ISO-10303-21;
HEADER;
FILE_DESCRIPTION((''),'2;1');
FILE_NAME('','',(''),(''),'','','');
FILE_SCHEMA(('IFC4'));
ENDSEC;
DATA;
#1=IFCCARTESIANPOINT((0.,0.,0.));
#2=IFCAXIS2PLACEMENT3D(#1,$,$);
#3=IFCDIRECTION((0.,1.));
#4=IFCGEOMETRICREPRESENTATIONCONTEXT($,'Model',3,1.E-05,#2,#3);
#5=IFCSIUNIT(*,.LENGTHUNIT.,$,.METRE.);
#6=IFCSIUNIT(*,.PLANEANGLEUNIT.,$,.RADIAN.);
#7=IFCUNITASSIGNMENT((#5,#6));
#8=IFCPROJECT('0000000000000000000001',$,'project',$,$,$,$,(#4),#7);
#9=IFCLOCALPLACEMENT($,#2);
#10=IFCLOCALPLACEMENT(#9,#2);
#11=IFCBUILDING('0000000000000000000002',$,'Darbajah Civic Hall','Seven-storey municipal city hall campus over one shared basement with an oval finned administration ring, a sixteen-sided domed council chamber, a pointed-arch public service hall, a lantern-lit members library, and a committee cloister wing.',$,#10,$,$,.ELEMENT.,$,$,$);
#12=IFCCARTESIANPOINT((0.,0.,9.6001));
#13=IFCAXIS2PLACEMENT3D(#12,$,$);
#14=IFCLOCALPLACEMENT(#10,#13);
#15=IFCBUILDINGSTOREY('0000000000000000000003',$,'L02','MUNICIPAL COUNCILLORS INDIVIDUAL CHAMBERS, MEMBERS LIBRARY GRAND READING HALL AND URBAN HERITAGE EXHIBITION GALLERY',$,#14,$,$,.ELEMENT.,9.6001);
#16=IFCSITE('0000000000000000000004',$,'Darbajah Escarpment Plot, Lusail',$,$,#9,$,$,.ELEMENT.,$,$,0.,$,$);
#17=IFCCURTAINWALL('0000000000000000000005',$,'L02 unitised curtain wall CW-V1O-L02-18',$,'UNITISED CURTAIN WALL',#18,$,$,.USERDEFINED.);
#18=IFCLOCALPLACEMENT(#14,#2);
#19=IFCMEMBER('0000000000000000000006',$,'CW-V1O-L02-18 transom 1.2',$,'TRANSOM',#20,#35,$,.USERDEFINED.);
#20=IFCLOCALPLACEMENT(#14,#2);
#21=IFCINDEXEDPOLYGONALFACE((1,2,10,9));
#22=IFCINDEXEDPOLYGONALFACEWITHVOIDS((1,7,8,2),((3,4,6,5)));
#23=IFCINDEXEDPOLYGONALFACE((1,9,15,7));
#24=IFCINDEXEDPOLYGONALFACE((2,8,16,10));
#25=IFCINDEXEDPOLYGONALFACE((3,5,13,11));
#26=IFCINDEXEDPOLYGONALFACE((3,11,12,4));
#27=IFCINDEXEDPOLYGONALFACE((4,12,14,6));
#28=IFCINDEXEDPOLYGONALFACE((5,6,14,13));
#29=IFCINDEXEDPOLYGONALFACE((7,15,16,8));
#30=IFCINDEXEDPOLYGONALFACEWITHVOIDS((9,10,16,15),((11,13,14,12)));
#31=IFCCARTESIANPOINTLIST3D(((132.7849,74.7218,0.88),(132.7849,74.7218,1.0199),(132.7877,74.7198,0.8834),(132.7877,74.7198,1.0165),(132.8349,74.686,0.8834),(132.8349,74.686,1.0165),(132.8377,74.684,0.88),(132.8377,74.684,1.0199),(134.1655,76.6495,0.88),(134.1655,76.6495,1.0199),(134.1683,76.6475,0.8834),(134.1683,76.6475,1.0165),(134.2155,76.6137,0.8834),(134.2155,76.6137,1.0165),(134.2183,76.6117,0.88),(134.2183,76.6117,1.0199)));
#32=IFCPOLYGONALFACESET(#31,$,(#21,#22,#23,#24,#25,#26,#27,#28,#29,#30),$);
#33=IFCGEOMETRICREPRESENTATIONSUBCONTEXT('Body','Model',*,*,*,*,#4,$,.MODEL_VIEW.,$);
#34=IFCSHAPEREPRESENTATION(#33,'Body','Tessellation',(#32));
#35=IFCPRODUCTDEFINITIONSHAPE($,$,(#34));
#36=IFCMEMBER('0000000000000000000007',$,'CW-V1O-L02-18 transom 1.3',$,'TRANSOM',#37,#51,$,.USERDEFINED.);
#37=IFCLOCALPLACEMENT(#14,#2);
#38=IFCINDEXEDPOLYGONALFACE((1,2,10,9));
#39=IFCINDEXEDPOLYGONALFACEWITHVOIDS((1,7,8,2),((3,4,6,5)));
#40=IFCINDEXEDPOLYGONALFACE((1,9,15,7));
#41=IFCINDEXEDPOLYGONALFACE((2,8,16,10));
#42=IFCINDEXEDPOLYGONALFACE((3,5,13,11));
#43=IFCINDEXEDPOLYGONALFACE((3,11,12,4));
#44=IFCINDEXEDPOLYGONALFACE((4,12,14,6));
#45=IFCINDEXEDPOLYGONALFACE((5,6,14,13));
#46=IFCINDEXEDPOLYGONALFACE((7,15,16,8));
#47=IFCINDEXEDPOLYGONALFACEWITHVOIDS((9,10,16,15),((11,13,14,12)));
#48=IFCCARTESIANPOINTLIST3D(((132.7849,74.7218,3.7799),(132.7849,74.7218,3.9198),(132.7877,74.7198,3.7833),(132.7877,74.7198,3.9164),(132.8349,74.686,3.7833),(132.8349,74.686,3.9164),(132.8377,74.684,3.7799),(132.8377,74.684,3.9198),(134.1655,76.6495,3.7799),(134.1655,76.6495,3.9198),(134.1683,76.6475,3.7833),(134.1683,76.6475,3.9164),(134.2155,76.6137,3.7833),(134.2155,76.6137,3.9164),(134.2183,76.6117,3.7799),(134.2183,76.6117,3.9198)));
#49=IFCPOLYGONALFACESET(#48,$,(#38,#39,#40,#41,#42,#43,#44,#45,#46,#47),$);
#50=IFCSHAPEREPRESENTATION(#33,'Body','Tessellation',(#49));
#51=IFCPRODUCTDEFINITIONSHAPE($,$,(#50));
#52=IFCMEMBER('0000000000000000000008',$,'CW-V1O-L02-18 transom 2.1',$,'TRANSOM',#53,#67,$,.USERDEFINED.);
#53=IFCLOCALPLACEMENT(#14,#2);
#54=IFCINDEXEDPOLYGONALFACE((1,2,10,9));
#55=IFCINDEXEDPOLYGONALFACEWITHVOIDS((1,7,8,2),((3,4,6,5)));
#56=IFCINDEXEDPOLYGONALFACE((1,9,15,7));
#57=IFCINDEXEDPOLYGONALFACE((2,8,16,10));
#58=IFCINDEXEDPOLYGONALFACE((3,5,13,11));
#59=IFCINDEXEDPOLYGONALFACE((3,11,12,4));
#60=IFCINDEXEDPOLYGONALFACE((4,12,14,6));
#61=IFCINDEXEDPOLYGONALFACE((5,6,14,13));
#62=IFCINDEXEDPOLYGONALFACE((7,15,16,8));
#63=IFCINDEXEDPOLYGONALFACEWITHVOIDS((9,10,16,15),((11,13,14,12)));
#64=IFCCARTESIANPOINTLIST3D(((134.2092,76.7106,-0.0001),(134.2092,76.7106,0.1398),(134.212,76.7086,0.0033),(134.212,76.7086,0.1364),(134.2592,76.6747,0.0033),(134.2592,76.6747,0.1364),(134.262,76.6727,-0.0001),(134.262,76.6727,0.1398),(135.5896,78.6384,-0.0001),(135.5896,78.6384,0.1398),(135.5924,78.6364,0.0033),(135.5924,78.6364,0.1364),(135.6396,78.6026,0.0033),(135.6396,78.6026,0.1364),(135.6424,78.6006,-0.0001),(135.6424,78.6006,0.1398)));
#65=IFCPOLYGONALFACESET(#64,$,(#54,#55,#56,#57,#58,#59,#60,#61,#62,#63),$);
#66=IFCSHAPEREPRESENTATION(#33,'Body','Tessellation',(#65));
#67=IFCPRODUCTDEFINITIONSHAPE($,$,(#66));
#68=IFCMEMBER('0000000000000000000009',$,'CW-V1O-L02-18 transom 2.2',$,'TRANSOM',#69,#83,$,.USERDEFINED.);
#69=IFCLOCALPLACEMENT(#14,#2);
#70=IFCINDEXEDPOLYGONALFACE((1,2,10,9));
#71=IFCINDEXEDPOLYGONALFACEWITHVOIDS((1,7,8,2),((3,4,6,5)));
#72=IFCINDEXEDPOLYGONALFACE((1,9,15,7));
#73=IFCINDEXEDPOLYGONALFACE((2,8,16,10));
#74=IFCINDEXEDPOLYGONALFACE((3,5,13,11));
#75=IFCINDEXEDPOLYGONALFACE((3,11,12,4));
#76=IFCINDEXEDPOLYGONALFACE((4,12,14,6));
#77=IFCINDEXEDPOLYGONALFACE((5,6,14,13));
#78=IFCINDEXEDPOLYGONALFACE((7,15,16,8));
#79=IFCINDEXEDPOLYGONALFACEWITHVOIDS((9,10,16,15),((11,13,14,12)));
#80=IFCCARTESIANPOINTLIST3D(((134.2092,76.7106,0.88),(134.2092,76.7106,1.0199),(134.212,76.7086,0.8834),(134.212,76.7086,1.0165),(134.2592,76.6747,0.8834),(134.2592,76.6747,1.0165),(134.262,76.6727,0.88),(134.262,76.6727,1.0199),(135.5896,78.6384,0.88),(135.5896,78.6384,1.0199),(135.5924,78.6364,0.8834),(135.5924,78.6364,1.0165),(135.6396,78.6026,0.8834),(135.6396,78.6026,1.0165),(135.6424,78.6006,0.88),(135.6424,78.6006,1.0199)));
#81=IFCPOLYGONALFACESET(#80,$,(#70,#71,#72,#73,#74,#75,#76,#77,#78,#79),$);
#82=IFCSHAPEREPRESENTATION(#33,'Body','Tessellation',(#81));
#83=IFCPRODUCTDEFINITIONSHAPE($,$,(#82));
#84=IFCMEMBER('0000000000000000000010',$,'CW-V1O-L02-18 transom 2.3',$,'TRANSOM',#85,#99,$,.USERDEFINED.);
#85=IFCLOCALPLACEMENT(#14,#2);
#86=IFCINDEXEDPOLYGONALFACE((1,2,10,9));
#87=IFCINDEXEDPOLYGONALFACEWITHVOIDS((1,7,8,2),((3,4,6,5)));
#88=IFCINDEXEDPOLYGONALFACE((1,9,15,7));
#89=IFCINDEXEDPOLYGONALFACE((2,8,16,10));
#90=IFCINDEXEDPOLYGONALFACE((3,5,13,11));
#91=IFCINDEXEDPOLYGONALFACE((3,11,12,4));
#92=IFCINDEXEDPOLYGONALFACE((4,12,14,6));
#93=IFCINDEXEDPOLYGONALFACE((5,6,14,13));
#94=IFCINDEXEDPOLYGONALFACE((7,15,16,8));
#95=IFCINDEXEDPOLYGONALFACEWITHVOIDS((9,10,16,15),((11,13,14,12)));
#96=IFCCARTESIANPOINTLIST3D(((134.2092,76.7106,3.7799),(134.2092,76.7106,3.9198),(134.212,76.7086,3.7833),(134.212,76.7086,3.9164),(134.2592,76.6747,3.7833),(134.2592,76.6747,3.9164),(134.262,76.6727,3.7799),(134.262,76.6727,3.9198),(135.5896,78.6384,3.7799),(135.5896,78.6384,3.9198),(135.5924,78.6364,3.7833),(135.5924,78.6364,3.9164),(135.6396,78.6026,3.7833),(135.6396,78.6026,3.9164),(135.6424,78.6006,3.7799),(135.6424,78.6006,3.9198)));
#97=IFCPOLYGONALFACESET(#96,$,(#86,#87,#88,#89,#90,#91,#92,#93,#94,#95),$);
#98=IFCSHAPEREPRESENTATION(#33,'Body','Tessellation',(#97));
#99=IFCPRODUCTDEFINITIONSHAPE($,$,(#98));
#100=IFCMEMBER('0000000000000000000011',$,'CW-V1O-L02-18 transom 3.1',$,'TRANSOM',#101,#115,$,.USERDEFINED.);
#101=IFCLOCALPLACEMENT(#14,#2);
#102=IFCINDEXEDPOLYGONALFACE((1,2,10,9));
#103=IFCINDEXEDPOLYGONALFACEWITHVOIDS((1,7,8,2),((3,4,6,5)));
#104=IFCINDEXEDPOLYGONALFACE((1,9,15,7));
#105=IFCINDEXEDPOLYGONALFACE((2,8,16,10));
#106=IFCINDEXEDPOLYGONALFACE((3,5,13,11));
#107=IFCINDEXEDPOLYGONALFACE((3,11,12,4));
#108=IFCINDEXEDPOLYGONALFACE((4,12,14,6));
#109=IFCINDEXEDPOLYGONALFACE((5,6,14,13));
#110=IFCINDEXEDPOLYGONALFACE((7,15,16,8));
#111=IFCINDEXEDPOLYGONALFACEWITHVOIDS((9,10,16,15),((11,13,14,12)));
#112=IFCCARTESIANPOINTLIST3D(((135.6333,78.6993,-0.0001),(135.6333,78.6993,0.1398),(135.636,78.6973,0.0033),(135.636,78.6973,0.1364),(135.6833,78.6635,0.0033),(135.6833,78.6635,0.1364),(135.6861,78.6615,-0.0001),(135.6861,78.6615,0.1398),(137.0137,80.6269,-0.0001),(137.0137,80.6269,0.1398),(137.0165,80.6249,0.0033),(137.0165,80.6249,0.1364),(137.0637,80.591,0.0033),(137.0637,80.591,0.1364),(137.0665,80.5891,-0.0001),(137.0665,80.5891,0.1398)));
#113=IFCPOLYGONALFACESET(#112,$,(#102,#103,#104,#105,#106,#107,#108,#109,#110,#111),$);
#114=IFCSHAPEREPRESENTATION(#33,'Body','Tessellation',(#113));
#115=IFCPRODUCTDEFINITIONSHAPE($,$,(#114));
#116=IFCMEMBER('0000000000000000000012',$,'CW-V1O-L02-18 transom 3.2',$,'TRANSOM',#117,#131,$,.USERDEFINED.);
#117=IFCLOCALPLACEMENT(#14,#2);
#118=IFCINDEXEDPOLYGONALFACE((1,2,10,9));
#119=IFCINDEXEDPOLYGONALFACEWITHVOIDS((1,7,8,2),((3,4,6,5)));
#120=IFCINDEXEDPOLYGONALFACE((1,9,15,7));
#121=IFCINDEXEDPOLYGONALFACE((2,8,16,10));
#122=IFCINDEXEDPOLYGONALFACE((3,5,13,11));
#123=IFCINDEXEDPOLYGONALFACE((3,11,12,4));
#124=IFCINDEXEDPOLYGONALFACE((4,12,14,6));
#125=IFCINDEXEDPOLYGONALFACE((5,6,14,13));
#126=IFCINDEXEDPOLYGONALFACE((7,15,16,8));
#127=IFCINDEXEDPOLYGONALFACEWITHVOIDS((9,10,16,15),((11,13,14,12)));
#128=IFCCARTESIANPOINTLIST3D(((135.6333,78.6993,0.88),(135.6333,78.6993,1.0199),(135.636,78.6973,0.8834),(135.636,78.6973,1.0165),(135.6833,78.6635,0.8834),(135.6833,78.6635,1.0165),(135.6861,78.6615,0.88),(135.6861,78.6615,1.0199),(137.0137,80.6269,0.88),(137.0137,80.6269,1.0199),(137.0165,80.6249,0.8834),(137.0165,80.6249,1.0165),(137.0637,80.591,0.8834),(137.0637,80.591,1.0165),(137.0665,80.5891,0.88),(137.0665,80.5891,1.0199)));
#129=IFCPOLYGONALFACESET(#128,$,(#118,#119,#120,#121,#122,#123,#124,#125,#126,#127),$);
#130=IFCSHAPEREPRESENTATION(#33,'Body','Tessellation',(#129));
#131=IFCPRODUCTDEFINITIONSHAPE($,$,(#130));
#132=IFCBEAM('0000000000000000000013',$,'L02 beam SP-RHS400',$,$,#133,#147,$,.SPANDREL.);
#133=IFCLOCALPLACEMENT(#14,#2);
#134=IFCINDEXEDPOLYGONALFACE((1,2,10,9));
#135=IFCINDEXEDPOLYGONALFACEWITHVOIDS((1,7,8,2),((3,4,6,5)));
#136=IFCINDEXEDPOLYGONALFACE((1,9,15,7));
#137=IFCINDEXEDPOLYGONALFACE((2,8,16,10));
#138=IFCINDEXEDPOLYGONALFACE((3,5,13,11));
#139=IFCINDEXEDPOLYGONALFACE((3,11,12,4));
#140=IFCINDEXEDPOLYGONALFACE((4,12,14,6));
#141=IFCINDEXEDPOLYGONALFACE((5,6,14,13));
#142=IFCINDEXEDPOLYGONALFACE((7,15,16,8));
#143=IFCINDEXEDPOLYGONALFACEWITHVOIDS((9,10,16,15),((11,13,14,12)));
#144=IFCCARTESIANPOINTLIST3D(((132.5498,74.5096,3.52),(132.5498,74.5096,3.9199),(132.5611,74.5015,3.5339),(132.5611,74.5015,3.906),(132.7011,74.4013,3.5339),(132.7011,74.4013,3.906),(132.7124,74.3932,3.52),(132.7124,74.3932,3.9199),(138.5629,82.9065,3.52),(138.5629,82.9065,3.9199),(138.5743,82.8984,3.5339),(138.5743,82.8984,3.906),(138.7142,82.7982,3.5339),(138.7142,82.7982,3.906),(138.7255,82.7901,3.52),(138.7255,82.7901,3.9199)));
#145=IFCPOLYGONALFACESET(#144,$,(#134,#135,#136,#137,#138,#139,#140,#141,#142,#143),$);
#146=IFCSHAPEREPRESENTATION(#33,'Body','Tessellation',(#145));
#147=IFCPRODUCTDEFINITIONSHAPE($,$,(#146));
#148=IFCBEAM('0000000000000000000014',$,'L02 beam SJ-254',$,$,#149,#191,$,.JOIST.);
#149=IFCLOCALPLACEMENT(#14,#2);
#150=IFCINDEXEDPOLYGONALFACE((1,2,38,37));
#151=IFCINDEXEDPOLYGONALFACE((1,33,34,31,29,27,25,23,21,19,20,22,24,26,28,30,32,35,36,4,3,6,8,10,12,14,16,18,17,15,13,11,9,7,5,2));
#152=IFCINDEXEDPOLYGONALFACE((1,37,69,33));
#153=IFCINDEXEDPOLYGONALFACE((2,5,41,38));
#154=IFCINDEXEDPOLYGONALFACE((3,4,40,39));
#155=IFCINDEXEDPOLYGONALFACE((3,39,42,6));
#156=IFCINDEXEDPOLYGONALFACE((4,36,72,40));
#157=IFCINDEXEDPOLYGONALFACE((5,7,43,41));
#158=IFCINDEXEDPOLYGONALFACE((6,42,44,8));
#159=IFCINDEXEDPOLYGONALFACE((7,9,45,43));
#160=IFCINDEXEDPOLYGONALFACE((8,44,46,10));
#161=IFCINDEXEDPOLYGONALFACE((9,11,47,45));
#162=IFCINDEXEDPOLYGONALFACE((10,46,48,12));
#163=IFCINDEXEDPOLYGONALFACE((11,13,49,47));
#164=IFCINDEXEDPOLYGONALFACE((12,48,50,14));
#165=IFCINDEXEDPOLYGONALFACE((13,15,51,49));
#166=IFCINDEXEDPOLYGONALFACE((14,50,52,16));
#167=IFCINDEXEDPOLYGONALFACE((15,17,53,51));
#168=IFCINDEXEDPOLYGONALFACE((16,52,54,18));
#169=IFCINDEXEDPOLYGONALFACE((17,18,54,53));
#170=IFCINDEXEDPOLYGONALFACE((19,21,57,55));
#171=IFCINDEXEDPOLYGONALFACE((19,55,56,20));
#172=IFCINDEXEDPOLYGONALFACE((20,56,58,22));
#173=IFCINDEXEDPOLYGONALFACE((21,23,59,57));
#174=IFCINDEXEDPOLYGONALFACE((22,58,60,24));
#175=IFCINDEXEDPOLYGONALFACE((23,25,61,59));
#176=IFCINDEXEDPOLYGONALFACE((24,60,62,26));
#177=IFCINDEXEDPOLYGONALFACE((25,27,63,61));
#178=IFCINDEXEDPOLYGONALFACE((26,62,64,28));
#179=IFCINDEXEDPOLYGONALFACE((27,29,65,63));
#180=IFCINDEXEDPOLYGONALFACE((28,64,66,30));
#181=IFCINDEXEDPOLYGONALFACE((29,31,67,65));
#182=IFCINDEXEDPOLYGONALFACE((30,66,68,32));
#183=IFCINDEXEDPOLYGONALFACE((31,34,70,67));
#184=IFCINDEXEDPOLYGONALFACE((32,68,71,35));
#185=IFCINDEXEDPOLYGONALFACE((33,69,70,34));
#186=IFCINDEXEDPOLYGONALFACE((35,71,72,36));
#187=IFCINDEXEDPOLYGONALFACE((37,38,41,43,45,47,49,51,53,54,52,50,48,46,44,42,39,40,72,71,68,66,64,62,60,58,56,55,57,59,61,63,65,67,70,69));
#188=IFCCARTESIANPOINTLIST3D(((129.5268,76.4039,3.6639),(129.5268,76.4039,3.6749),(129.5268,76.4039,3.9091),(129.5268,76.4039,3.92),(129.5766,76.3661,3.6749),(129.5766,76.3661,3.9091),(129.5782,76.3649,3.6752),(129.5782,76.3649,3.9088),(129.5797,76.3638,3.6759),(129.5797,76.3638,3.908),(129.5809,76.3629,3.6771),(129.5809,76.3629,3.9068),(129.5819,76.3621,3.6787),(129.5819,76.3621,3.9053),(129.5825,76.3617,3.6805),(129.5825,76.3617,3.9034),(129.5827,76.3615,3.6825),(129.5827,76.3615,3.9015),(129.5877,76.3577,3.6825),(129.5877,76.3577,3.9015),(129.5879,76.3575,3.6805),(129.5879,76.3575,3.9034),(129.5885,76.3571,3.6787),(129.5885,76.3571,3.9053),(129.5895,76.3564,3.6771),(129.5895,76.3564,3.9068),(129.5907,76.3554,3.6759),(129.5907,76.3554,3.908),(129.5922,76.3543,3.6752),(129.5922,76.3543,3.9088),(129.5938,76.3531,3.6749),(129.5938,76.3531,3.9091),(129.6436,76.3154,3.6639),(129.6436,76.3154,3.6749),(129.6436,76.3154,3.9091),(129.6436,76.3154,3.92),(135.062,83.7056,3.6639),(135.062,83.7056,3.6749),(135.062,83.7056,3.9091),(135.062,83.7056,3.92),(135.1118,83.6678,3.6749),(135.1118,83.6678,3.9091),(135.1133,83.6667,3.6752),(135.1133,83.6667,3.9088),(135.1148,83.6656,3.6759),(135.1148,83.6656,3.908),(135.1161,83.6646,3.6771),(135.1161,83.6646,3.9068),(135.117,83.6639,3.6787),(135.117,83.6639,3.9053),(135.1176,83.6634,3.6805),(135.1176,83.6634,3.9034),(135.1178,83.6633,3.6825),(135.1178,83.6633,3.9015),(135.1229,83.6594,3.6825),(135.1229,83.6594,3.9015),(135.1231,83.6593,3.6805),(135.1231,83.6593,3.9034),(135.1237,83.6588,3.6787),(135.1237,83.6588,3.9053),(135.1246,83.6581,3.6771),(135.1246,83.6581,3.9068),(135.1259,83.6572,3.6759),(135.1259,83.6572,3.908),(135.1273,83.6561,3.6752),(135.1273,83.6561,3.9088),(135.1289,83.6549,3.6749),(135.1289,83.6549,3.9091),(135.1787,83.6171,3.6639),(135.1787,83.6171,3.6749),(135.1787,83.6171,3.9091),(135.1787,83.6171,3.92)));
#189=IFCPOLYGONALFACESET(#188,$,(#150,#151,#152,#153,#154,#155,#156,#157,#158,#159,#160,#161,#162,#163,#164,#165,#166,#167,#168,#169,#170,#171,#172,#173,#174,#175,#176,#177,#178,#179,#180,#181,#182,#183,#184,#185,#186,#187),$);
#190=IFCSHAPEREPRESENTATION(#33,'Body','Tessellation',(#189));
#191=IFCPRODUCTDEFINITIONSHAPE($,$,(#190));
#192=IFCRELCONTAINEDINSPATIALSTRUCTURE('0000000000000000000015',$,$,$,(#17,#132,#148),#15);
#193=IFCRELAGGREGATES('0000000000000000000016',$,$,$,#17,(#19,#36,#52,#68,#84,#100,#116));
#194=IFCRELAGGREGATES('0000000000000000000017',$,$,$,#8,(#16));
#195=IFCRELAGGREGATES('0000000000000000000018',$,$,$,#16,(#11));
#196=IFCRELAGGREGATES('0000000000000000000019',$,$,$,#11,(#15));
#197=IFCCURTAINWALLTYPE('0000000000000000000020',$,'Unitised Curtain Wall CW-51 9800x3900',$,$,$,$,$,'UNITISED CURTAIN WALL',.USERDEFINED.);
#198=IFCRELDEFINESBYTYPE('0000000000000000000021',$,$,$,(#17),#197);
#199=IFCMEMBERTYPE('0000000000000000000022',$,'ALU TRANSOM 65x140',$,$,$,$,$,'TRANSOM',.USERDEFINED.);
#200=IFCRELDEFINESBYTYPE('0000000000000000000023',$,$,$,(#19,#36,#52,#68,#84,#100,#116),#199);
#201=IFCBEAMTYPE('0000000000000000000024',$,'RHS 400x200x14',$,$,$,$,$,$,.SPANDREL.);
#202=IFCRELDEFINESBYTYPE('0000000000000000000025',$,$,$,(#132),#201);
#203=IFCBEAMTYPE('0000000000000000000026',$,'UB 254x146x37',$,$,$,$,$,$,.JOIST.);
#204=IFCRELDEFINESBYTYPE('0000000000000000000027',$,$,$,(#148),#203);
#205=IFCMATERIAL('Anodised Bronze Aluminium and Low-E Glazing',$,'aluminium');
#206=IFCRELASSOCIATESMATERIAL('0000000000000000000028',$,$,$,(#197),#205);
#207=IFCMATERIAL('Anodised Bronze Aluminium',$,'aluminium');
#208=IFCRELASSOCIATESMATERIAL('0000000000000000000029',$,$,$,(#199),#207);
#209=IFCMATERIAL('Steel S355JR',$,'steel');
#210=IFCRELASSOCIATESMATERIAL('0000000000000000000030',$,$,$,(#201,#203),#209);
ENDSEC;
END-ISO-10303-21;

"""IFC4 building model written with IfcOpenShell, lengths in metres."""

from ifc_helpers import new_model, si_unit, direction, frame, origin, origin_2d, place, context, subcontext, project, spatial, hollow_rectangle, i_section, extrude, material, material_profile, profile_set, type_object, element, aggregate, save


model = new_model("IFC4")

# Units and contexts
model_context = context("Model", 3, precision=1e-05, world=origin(), true_north=direction((0.0, 1.0)))
body_context = subcontext(model_context, "Body", "Model", "MODEL_VIEW")
ifc_project = project(units=[si_unit("LENGTHUNIT", "METRE"), si_unit("PLANEANGLEUNIT", "RADIAN")], contexts=[model_context])

# Site, building, storey
site_placement = place(None, origin())
site = spatial("IfcSite", under=ifc_project, at=site_placement, Name="Darbajah Escarpment Plot, Lusail", CompositionType="ELEMENT", RefElevation=0.0)
building_placement = place(site_placement, origin())
building = spatial("IfcBuilding", under=site, at=building_placement, Name="Darbajah Civic Hall", Description="Seven-storey municipal city hall campus over one shared basement with an oval finned administration ring, a sixteen-sided domed council chamber, a pointed-arch public service hall, a lantern-lit members library, and a committee cloister wing.", CompositionType="ELEMENT")
storey_placement = place(building_placement, frame((0.0, 0.0, 9.6001)))
storey = spatial("IfcBuildingStorey", under=building, at=storey_placement, Name="L02", Description="MUNICIPAL COUNCILLORS INDIVIDUAL CHAMBERS, MEMBERS LIBRARY GRAND READING HALL AND URBAN HERITAGE EXHIBITION GALLERY", CompositionType="ELEMENT", Elevation=9.6001)

# Shared definitions
ifc_material_1 = material(Name="Anodised Bronze Aluminium and Low-E Glazing", Category="aluminium")
ifc_material_2 = material(Name="Anodised Bronze Aluminium", Category="aluminium")

# Curtain wall
curtain_wall_type_1 = type_object("IfcCurtainWallType", Name="Unitised Curtain Wall CW-51 9800x3900", ElementType="UNITISED CURTAIN WALL", PredefinedType="USERDEFINED", material=ifc_material_1)
curtain_wall_1_placement = place(storey_placement, origin())
curtain_wall_1 = element("IfcCurtainWall", 1, at=curtain_wall_1_placement, inside=storey, type_object=curtain_wall_type_1, Name="L02 unitised curtain wall CW-V1O-L02-18", ObjectType="UNITISED CURTAIN WALL", PredefinedType="USERDEFINED")

# Members
ifc_material_profile_1 = material_profile(ifc_material_2, hollow_rectangle(XDim=0.0649, YDim=0.1399, WallThickness=0.0034, at=origin_2d()), Name="ALU TRANSOM 65x140")
ifc_profile_set_1 = profile_set([ifc_material_profile_1], Name="Anodised Bronze Aluminium")
member_type_1 = type_object("IfcMemberType", Name="ALU TRANSOM 65x140", ElementType="TRANSOM", PredefinedType="USERDEFINED", material=ifc_profile_set_1)
member_1_placement = place(storey_placement, frame((132.8113, 74.7029, 0.95), z_axis=(0.58226, 0.813002, 0.0), x_axis=(-0.813002, 0.58226, 0.0)))
member_1 = element("IfcMember", 2, at=member_1_placement, type_object=member_type_1, Name="CW-V1O-L02-18 transom 1.2", ObjectType="TRANSOM", PredefinedType="USERDEFINED", context=body_context, shape_type="SweptSolid", body=[
    extrude(hollow_rectangle(XDim=0.0649, YDim=0.1399, WallThickness=0.0034, at=origin_2d()), origin(), (0.0, 0.0, 1.0), 2.3711),
])
member_2_placement = place(storey_placement, frame((132.8113, 74.7029, 3.8499), z_axis=(0.58226, 0.813002, 0.0), x_axis=(-0.813002, 0.58226, 0.0)))
member_2 = element("IfcMember", 3, at=member_2_placement, type_object=member_type_1, Name="CW-V1O-L02-18 transom 1.3", ObjectType="TRANSOM", PredefinedType="USERDEFINED", context=body_context, shape_type="SweptSolid", body=[
    extrude(hollow_rectangle(XDim=0.0649, YDim=0.1399, WallThickness=0.0034, at=origin_2d()), origin(), (0.0, 0.0, 1.0), 2.3711),
])
member_3_placement = place(storey_placement, frame((134.2356, 76.6917, 0.0698), z_axis=(0.582192, 0.813051, 0.0), x_axis=(-0.813051, 0.582192, 0.0)))
member_3 = element("IfcMember", 4, at=member_3_placement, type_object=member_type_1, Name="CW-V1O-L02-18 transom 2.1", ObjectType="TRANSOM", PredefinedType="USERDEFINED", context=body_context, shape_type="SweptSolid", body=[
    extrude(hollow_rectangle(XDim=0.0649, YDim=0.1399, WallThickness=0.0034, at=origin_2d()), origin(), (0.0, 0.0, 1.0), 2.3711),
])
member_4_placement = place(storey_placement, frame((134.2356, 76.6917, 0.95), z_axis=(0.582192, 0.813051, 0.0), x_axis=(-0.813051, 0.582192, 0.0)))
member_4 = element("IfcMember", 5, at=member_4_placement, type_object=member_type_1, Name="CW-V1O-L02-18 transom 2.2", ObjectType="TRANSOM", PredefinedType="USERDEFINED", context=body_context, shape_type="SweptSolid", body=[
    extrude(hollow_rectangle(XDim=0.0649, YDim=0.1399, WallThickness=0.0034, at=origin_2d()), origin(), (0.0, 0.0, 1.0), 2.3711),
])
member_5_placement = place(storey_placement, frame((134.2356, 76.6917, 3.8499), z_axis=(0.582192, 0.813051, 0.0), x_axis=(-0.813051, 0.582192, 0.0)))
member_5 = element("IfcMember", 6, at=member_5_placement, type_object=member_type_1, Name="CW-V1O-L02-18 transom 2.3", ObjectType="TRANSOM", PredefinedType="USERDEFINED", context=body_context, shape_type="SweptSolid", body=[
    extrude(hollow_rectangle(XDim=0.0649, YDim=0.1399, WallThickness=0.0034, at=origin_2d()), origin(), (0.0, 0.0, 1.0), 2.3711),
])
member_6_placement = place(storey_placement, frame((135.6597, 78.6804, 0.0698), z_axis=(0.582241, 0.813016, 0.0), x_axis=(-0.813016, 0.582241, 0.0)))
member_6 = element("IfcMember", 7, at=member_6_placement, type_object=member_type_1, Name="CW-V1O-L02-18 transom 3.1", ObjectType="TRANSOM", PredefinedType="USERDEFINED", context=body_context, shape_type="SweptSolid", body=[
    extrude(hollow_rectangle(XDim=0.0649, YDim=0.1399, WallThickness=0.0034, at=origin_2d()), origin(), (0.0, 0.0, 1.0), 2.3708),
])
member_7_placement = place(storey_placement, frame((135.6597, 78.6804, 0.95), z_axis=(0.582241, 0.813016, 0.0), x_axis=(-0.813016, 0.582241, 0.0)))
member_7 = element("IfcMember", 8, at=member_7_placement, type_object=member_type_1, Name="CW-V1O-L02-18 transom 3.2", ObjectType="TRANSOM", PredefinedType="USERDEFINED", context=body_context, shape_type="SweptSolid", body=[
    extrude(hollow_rectangle(XDim=0.0649, YDim=0.1399, WallThickness=0.0034, at=origin_2d()), origin(), (0.0, 0.0, 1.0), 2.3708),
])

# Beams
ifc_material_3 = material(Name="Steel S355JR", Category="steel")
ifc_material_profile_2 = material_profile(ifc_material_3, hollow_rectangle(XDim=0.2, YDim=0.3999, WallThickness=0.0139, at=origin_2d()), Name="RHS 400x200x14")
ifc_profile_set_2 = profile_set([ifc_material_profile_2], Name="Steel S355JR")
beam_type_1 = type_object("IfcBeamType", Name="RHS 400x200x14", PredefinedType="SPANDREL", material=ifc_profile_set_2)
beam_1_placement = place(storey_placement, frame((132.6311, 74.4514, 3.72), z_axis=(0.582222, 0.81303, 0.0), x_axis=(-0.81303, 0.582222, 0.0)))
element("IfcBeam", 9, at=beam_1_placement, inside=storey, type_object=beam_type_1, Name="L02 beam SP-RHS400", PredefinedType="SPANDREL", context=body_context, shape_type="SweptSolid", body=[
    extrude(hollow_rectangle(XDim=0.2, YDim=0.3999, WallThickness=0.0139, at=origin_2d()), origin(), (0.0, 0.0, 1.0), 10.3279),
])
ifc_material_profile_3 = material_profile(ifc_material_3, i_section(OverallWidth=0.1465, OverallDepth=0.2561, WebThickness=0.0063, FlangeThickness=0.011, FilletRadius=0.0076, at=origin_2d()), Name="UB 254x146x37")
ifc_profile_set_3 = profile_set([ifc_material_profile_3], Name="Steel S355JR")
beam_type_2 = type_object("IfcBeamType", Name="UB 254x146x37", PredefinedType="JOIST", material=ifc_profile_set_3)
beam_2_placement = place(storey_placement, frame((129.5852, 76.3596, 3.792), z_axis=(0.604102, 0.796907, 0.0), x_axis=(-0.796907, 0.604102, 0.0)))
element("IfcBeam", 10, at=beam_2_placement, inside=storey, type_object=beam_type_2, Name="L02 beam SJ-254", PredefinedType="JOIST", context=body_context, shape_type="SweptSolid", body=[
    extrude(i_section(OverallWidth=0.1465, OverallDepth=0.2561, WebThickness=0.0063, FlangeThickness=0.011, FilletRadius=0.0076, at=origin_2d()), origin(), (0.0, 0.0, 1.0), 9.1626),
])

aggregate(curtain_wall_1, [member_1, member_2, member_3, member_4, member_5, member_6, member_7])

save(model, "model.ifc")
